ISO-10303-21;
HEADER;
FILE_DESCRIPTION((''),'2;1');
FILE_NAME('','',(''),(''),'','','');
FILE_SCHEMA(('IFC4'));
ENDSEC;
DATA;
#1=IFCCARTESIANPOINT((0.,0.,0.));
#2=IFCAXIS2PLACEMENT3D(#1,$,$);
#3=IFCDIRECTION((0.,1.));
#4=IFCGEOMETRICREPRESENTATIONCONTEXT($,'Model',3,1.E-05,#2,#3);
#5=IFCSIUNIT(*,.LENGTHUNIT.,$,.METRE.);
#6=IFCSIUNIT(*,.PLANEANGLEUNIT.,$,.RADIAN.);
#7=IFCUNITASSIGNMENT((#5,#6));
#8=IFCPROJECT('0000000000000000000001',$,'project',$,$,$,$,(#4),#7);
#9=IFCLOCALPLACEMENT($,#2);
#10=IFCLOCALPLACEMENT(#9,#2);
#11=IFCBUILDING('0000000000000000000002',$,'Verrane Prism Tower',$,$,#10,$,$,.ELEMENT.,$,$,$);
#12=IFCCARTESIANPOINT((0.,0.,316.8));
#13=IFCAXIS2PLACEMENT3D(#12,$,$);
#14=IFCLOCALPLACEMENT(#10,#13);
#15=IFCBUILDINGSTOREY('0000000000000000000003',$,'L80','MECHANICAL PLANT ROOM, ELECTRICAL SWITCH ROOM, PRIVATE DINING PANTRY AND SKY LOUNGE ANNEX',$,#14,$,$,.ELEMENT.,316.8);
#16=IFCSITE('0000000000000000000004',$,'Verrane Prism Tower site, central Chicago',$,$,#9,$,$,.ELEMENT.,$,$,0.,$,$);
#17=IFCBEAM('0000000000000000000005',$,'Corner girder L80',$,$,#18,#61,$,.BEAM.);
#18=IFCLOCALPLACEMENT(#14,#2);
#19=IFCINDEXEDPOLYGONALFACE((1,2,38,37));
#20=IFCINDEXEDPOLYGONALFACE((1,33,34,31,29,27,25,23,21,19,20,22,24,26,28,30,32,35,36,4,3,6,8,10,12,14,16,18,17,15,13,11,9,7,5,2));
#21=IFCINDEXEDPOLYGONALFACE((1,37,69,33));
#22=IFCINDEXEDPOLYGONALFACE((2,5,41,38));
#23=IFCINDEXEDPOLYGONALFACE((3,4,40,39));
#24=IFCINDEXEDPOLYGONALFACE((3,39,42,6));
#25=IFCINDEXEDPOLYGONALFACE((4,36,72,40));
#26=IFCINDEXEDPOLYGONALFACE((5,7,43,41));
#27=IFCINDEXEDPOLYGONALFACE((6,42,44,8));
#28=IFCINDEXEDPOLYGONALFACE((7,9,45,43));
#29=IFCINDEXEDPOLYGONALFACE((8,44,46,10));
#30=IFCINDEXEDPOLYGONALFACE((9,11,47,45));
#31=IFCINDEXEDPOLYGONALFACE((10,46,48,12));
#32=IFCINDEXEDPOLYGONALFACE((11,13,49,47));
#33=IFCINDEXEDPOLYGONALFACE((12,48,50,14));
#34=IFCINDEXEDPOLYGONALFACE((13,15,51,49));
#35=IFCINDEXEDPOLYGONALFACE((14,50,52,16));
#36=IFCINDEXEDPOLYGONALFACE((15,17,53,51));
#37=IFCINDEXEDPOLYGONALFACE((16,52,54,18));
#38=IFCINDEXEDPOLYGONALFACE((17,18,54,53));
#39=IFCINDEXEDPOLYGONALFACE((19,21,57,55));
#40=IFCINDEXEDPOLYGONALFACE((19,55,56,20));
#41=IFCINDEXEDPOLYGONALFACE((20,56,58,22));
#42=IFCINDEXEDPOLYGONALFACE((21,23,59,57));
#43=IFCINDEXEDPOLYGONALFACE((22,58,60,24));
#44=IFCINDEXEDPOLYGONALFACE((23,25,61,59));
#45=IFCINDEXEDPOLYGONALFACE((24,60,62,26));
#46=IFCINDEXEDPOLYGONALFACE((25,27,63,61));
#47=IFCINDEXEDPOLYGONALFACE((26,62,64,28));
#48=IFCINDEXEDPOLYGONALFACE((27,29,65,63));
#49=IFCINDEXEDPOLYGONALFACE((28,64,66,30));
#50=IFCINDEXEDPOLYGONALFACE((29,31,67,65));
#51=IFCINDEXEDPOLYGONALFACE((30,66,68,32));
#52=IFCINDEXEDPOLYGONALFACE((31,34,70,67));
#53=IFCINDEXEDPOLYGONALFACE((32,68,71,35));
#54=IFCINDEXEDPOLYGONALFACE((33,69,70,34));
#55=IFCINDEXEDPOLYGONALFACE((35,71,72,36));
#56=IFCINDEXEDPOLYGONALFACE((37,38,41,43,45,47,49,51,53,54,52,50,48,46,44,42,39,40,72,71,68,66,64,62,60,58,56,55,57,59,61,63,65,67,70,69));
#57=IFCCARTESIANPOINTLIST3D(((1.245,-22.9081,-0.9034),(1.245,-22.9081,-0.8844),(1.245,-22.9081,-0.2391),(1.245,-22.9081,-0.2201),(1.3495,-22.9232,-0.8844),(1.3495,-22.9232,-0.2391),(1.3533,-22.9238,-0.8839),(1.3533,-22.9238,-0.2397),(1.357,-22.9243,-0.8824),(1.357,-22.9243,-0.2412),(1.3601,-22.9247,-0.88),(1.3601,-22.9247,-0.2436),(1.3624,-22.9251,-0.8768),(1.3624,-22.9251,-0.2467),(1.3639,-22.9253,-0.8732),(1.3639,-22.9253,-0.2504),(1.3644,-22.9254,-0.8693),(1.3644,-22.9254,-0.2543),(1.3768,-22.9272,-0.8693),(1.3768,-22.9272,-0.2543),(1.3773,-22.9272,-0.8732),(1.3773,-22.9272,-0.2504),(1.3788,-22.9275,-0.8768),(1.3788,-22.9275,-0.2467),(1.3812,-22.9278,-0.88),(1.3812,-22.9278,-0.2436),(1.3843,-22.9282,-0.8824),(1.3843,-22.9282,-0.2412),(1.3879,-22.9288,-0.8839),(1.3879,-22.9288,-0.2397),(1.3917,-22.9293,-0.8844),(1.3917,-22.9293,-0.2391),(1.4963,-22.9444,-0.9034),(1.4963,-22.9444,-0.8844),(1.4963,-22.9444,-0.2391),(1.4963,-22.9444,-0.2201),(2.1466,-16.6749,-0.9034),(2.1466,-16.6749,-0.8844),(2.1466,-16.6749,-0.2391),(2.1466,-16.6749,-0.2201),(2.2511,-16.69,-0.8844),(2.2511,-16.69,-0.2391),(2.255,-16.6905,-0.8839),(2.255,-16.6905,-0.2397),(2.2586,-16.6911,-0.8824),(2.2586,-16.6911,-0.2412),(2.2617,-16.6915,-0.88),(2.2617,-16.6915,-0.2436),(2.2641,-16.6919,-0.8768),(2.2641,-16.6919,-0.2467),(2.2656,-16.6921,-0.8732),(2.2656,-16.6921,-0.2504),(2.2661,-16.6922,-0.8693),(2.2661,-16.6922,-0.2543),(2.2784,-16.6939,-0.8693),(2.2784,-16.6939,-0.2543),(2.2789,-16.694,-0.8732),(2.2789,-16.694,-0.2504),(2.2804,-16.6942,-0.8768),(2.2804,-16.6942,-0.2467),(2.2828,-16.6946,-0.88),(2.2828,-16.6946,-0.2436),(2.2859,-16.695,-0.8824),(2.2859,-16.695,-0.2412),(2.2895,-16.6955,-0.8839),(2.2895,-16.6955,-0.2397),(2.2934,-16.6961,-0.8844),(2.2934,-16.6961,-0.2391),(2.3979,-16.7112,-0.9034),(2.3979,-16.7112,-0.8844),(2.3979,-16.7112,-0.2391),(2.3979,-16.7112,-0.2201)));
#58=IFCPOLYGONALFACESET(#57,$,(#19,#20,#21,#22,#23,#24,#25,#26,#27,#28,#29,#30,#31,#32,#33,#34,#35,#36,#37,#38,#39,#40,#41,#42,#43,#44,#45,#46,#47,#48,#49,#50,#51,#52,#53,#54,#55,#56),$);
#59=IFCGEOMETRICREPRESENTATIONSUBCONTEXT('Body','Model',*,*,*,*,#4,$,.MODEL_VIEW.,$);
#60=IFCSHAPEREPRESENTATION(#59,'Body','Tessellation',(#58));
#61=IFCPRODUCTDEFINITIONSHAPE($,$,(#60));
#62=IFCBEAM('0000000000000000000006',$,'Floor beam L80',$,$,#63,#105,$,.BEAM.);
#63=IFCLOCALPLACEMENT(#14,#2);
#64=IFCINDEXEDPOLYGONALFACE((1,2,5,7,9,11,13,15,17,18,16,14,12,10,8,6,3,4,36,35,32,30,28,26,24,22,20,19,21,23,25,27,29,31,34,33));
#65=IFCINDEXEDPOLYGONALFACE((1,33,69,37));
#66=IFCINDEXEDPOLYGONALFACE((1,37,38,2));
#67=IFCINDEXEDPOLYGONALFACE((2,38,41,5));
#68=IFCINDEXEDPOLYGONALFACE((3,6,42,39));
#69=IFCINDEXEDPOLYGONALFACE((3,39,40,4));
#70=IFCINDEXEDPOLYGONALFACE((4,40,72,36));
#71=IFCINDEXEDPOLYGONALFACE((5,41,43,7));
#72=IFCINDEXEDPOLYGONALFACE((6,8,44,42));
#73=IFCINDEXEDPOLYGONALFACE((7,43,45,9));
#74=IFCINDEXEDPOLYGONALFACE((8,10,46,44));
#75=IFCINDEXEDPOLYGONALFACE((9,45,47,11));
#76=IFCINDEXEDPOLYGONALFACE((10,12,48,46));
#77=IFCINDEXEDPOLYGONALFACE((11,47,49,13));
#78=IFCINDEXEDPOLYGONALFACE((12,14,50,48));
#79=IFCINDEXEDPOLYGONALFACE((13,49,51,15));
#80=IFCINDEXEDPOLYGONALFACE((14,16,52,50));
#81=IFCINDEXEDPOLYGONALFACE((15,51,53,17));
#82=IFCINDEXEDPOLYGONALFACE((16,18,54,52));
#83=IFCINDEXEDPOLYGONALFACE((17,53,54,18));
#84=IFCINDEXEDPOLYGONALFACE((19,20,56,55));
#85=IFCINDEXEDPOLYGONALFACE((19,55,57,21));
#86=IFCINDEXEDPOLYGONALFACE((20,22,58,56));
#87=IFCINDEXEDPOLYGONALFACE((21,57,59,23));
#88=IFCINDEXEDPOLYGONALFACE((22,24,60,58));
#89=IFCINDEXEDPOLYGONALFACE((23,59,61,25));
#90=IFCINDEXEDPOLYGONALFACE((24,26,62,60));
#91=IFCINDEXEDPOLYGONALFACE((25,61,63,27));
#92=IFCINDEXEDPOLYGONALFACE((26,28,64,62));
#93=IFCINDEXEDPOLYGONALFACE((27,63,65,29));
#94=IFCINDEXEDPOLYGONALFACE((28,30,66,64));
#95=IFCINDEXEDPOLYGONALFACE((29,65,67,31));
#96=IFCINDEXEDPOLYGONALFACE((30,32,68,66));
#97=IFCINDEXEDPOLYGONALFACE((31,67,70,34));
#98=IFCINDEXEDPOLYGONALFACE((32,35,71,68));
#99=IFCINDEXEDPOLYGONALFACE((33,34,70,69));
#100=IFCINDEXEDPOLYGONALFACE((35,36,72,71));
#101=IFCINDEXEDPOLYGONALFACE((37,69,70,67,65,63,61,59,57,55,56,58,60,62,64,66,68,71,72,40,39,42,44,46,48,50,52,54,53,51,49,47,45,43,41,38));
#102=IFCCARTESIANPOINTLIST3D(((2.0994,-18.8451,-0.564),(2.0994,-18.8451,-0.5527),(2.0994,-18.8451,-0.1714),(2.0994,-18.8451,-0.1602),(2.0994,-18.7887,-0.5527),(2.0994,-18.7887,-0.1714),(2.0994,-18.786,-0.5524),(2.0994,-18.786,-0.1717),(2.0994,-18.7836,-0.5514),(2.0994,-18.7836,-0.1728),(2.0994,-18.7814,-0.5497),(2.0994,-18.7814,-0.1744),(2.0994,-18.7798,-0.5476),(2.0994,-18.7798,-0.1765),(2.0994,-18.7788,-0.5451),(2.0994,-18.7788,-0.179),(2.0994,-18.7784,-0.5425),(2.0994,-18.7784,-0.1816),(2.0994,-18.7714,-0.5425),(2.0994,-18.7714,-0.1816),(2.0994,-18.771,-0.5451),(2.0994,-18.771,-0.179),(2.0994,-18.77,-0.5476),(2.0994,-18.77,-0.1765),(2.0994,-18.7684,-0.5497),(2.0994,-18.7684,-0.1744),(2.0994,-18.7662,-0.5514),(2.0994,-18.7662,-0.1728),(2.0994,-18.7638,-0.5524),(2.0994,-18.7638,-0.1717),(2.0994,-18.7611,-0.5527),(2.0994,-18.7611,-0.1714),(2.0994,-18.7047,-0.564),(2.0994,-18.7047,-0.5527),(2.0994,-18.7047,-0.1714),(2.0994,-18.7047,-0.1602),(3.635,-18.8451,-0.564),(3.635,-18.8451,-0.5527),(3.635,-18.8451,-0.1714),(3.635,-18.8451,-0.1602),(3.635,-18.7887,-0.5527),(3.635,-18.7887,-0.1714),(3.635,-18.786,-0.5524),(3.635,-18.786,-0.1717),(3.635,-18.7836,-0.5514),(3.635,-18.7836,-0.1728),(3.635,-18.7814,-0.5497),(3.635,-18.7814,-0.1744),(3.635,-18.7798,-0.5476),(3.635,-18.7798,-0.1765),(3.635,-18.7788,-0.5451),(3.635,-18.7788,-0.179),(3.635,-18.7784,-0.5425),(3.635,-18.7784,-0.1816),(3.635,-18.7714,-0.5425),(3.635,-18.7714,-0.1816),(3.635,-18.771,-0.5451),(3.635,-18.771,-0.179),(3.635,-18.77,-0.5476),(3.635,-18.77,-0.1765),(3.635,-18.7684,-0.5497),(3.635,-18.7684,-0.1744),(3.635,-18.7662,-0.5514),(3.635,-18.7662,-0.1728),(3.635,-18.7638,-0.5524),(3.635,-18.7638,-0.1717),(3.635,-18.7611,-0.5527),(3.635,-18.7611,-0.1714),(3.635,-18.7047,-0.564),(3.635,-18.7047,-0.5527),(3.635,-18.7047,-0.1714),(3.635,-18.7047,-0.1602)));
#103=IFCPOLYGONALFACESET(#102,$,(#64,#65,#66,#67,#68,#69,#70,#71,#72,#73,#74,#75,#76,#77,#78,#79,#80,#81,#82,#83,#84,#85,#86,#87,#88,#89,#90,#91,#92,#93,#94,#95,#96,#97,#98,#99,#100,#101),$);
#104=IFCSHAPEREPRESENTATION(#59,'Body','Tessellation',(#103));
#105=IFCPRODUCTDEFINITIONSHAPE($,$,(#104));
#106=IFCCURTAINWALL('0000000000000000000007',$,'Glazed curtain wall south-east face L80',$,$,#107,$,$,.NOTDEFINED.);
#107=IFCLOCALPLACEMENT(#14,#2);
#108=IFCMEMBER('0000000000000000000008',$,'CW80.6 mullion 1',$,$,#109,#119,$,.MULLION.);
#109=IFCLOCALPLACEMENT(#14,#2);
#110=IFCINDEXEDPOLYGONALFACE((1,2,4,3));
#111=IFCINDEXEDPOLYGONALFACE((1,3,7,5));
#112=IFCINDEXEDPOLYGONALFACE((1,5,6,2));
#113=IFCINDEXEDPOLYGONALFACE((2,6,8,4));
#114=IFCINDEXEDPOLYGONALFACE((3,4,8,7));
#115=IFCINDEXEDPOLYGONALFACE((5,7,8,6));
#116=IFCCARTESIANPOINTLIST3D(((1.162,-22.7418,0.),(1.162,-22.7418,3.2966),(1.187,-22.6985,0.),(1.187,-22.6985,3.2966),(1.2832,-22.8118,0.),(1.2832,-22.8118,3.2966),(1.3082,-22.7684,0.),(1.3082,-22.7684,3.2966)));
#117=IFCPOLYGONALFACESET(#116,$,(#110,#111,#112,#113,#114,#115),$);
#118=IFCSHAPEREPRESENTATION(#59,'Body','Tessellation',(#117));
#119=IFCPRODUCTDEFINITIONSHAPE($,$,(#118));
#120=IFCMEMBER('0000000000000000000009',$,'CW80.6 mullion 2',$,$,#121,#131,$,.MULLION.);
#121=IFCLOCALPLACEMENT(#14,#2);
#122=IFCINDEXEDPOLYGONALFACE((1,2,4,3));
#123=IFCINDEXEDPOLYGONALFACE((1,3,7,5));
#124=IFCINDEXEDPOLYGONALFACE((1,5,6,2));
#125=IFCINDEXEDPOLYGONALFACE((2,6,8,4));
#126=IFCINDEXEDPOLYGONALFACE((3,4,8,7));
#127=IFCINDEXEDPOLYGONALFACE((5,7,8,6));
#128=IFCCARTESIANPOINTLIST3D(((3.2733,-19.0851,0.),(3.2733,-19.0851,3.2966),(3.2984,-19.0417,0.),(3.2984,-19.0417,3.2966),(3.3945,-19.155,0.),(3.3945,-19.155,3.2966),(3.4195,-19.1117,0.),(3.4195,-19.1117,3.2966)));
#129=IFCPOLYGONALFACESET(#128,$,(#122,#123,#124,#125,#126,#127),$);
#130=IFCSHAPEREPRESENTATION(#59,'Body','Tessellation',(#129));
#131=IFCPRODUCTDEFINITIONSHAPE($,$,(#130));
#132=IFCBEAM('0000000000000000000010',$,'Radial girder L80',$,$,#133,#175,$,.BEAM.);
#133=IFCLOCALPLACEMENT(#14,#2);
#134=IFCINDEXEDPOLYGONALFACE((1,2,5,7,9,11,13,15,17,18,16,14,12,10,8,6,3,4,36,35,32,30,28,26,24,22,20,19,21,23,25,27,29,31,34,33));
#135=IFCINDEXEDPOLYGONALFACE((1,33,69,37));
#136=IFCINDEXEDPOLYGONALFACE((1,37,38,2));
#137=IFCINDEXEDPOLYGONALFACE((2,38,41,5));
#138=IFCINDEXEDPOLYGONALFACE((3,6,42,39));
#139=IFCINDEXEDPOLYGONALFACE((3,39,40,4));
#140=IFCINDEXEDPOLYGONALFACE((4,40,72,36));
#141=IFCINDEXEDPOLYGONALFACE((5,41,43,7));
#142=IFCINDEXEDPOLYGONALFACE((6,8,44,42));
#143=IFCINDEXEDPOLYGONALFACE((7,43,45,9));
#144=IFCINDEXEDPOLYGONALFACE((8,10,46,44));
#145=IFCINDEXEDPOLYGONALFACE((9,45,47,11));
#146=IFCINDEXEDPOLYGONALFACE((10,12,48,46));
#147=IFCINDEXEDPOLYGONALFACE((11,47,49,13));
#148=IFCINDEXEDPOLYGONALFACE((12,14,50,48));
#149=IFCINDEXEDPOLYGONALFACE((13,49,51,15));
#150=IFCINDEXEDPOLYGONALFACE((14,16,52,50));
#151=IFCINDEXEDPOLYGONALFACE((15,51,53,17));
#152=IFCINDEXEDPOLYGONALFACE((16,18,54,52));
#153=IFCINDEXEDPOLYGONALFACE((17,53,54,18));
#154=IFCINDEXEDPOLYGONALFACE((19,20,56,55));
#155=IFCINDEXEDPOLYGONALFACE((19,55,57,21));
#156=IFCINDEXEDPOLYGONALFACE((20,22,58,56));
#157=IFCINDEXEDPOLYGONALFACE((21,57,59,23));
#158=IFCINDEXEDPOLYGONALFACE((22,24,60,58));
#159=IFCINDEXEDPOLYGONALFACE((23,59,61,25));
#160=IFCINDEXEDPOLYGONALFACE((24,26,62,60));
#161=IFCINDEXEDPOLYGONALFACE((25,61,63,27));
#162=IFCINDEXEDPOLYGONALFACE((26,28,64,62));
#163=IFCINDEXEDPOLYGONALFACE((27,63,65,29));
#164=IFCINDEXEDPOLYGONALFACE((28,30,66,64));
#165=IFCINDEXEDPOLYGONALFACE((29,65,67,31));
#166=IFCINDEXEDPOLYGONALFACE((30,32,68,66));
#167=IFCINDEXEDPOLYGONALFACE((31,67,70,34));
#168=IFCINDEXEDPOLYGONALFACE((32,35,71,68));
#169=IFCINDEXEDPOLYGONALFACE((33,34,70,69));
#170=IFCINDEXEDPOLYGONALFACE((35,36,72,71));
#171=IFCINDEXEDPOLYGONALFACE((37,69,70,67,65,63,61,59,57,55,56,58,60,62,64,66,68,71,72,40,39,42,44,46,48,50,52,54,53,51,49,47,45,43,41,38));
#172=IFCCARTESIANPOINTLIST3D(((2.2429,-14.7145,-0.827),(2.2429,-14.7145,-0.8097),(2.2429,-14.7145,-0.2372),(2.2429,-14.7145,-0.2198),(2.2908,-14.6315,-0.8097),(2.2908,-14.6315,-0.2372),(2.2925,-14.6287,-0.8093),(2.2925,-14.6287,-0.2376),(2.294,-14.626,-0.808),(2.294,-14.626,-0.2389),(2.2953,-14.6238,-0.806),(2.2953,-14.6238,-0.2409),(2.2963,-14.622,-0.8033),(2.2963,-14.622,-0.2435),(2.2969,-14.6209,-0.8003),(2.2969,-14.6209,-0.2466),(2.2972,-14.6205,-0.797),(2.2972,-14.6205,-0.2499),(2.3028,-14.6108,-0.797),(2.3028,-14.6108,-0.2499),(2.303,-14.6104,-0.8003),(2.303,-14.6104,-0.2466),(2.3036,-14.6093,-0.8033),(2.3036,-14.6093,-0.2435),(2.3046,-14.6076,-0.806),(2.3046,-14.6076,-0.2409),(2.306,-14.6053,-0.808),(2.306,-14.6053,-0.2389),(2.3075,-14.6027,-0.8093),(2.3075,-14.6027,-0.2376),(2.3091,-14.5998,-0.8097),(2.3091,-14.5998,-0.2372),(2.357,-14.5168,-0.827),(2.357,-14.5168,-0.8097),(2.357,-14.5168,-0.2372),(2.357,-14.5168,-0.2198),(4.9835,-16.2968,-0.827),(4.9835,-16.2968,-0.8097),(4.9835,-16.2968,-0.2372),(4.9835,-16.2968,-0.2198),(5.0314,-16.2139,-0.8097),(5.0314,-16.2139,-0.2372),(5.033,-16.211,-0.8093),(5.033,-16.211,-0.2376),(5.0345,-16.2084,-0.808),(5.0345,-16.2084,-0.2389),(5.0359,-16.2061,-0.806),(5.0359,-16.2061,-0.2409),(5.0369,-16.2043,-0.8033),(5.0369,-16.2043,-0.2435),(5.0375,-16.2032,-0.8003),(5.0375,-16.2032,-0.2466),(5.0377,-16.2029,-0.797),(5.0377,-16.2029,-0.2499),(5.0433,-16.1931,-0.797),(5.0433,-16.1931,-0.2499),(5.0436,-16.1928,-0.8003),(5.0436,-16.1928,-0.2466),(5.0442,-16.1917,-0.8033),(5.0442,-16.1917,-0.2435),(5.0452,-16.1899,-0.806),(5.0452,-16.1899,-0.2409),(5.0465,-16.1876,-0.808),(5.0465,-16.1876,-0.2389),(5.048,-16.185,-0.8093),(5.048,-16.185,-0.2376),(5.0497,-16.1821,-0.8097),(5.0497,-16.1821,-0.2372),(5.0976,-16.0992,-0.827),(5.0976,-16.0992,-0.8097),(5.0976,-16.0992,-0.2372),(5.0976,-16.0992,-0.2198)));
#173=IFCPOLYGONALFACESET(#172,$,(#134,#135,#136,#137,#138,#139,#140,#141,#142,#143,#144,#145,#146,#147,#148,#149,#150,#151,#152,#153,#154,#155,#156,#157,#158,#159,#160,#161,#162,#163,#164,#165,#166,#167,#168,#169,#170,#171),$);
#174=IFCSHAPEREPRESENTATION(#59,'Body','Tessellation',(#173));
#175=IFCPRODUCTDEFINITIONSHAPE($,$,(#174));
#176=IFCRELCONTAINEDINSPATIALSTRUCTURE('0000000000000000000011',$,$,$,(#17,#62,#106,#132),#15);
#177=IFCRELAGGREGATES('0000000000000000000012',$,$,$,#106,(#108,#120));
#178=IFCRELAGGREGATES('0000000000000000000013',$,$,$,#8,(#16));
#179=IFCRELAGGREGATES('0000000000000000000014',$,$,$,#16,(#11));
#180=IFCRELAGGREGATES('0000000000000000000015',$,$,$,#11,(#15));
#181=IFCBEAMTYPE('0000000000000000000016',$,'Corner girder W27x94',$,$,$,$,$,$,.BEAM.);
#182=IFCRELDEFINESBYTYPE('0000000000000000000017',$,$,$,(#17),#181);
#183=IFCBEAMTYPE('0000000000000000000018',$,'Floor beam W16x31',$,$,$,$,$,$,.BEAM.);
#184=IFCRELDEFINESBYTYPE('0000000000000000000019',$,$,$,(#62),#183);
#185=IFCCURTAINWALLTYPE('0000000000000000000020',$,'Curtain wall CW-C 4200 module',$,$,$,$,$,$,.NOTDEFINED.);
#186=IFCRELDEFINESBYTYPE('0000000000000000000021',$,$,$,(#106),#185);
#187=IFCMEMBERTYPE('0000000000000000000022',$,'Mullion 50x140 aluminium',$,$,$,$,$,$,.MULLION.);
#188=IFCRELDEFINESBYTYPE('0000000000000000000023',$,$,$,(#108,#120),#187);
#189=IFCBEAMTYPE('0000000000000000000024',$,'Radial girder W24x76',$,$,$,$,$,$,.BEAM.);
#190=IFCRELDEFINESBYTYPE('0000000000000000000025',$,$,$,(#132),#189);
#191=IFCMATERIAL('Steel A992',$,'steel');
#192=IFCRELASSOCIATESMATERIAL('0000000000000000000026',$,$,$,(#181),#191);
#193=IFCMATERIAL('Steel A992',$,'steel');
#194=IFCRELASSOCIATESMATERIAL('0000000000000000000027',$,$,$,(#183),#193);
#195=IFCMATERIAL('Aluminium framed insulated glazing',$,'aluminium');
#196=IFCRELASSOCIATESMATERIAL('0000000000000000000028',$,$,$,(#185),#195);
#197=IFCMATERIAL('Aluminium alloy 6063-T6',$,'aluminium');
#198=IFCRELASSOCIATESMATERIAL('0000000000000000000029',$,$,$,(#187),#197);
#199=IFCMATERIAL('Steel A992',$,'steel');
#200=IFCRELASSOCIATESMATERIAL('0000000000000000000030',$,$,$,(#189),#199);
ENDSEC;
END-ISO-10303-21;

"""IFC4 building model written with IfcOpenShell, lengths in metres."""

from ifc_helpers import new_model, si_unit, direction, frame, origin, origin_2d, place, context, subcontext, project, spatial, rectangle, i_section, extrude, material, material_profile, profile_set, type_object, element, aggregate, save


model = new_model("IFC4")

# Units and contexts
model_context = context("Model", 3, precision=1e-05, world=origin(), true_north=direction((0.0, 1.0)))
body_context = subcontext(model_context, "Body", "Model", "MODEL_VIEW")
ifc_project = project(units=[si_unit("LENGTHUNIT", "METRE"), si_unit("PLANEANGLEUNIT", "RADIAN")], contexts=[model_context])

# Site, building, storey
site_placement = place(None, origin())
site = spatial("IfcSite", under=ifc_project, at=site_placement, Name="Verrane Prism Tower site, central Chicago", CompositionType="ELEMENT", RefElevation=0.0)
building_placement = place(site_placement, origin())
building = spatial("IfcBuilding", under=site, at=building_placement, Name="Verrane Prism Tower", CompositionType="ELEMENT")
storey_placement = place(building_placement, frame((0.0, 0.0, 316.8)))
storey = spatial("IfcBuildingStorey", under=building, at=storey_placement, Name="L80", Description="MECHANICAL PLANT ROOM, ELECTRICAL SWITCH ROOM, PRIVATE DINING PANTRY AND SKY LOUNGE ANNEX", CompositionType="ELEMENT", Elevation=316.8)

# Beams
ifc_material_1 = material(Name="Steel A992", Category="steel")
ifc_material_profile_1 = material_profile(ifc_material_1, i_section(OverallWidth=0.2539, OverallDepth=0.6833, WebThickness=0.0125, FlangeThickness=0.019, FilletRadius=0.0151, at=origin_2d()), Name="W27x94")
ifc_profile_set_1 = profile_set([ifc_material_profile_1], Name="Steel A992")
beam_type_1 = type_object("IfcBeamType", Name="Corner girder W27x94", PredefinedType="BEAM", material=ifc_profile_set_1)
beam_1_placement = place(storey_placement, frame((1.3706, -22.9263, -0.5618), z_axis=(0.143158, 0.9897, 0.0), x_axis=(-0.9897, 0.143158, 0.0)))
element("IfcBeam", 1, at=beam_1_placement, inside=storey, type_object=beam_type_1, Name="Corner girder L80", PredefinedType="BEAM", context=body_context, shape_type="SweptSolid", body=[
    extrude(i_section(OverallWidth=0.2539, OverallDepth=0.6833, WebThickness=0.0125, FlangeThickness=0.019, FilletRadius=0.0151, at=origin_2d()), origin(), (0.0, 0.0, 1.0), 6.2981),
])
ifc_material_2 = material(Name="Steel A992", Category="steel")
ifc_material_profile_2 = material_profile(ifc_material_2, i_section(OverallWidth=0.1404, OverallDepth=0.4038, WebThickness=0.0071, FlangeThickness=0.0112, FilletRadius=0.0103, at=origin_2d()), Name="W16x31")
ifc_profile_set_2 = profile_set([ifc_material_profile_2], Name="Steel A992")
beam_type_2 = type_object("IfcBeamType", Name="Floor beam W16x31", PredefinedType="BEAM", material=ifc_profile_set_2)
beam_2_placement = place(storey_placement, frame((2.0994, -18.7749, -0.3621), z_axis=(1.0, 0.0, 0.0), x_axis=(0.0, 1.0, 0.0)))
element("IfcBeam", 2, at=beam_2_placement, inside=storey, type_object=beam_type_2, Name="Floor beam L80", PredefinedType="BEAM", context=body_context, shape_type="SweptSolid", body=[
    extrude(i_section(OverallWidth=0.1404, OverallDepth=0.4038, WebThickness=0.0071, FlangeThickness=0.0112, FilletRadius=0.0103, at=origin_2d()), origin(), (0.0, 0.0, 1.0), 1.5356),
])

# Curtain wall, members
ifc_material_3 = material(Name="Aluminium framed insulated glazing", Category="aluminium")
curtain_wall_type_1 = type_object("IfcCurtainWallType", Name="Curtain wall CW-C 4200 module", PredefinedType="NOTDEFINED", material=ifc_material_3)
curtain_wall_1_placement = place(storey_placement, origin())
curtain_wall_1 = element("IfcCurtainWall", 3, at=curtain_wall_1_placement, inside=storey, type_object=curtain_wall_type_1, Name="Glazed curtain wall south-east face L80", PredefinedType="NOTDEFINED")
ifc_material_4 = material(Name="Aluminium alloy 6063-T6", Category="aluminium")
ifc_material_profile_3 = material_profile(ifc_material_4, rectangle(XDim=0.1399, YDim=0.05, at=origin_2d()), Name="Mullion 50x140 aluminium")
ifc_profile_set_3 = profile_set([ifc_material_profile_3], Name="Aluminium alloy 6063-T6")
member_type_1 = type_object("IfcMemberType", Name="Mullion 50x140 aluminium", PredefinedType="MULLION", material=ifc_profile_set_3)
member_1_placement = place(storey_placement, frame((1.2351, -22.7551, 0.0), z_axis=(0.0, 0.0, 1.0), x_axis=(-0.866025, 0.5, 0.0)))
member_1 = element("IfcMember", 4, at=member_1_placement, type_object=member_type_1, Name="CW80.6 mullion 1", PredefinedType="MULLION", context=body_context, shape_type="SweptSolid", body=[
    extrude(rectangle(XDim=0.1399, YDim=0.05, at=origin_2d()), origin(), (0.0, 0.0, 1.0), 3.2966),
])
member_2_placement = place(storey_placement, frame((3.3464, -19.0984, 0.0), z_axis=(0.0, 0.0, 1.0), x_axis=(-0.866025, 0.5, 0.0)))
member_2 = element("IfcMember", 5, at=member_2_placement, type_object=member_type_1, Name="CW80.6 mullion 2", PredefinedType="MULLION", context=body_context, shape_type="SweptSolid", body=[
    extrude(rectangle(XDim=0.1399, YDim=0.05, at=origin_2d()), origin(), (0.0, 0.0, 1.0), 3.2966),
])

# Beam
ifc_material_5 = material(Name="Steel A992", Category="steel")
ifc_material_profile_4 = material_profile(ifc_material_5, i_section(OverallWidth=0.2283, OverallDepth=0.6072, WebThickness=0.0112, FlangeThickness=0.0173, FilletRadius=0.0127, at=origin_2d()), Name="W24x76")
ifc_profile_set_4 = profile_set([ifc_material_profile_4], Name="Steel A992")
beam_type_3 = type_object("IfcBeamType", Name="Radial girder W24x76", PredefinedType="BEAM", material=ifc_profile_set_4)
beam_3_placement = place(storey_placement, frame((5.0405, -16.198, -0.5234), z_axis=(-0.866017, 0.500014, 0.0), x_axis=(-0.500014, -0.866017, 0.0)))
element("IfcBeam", 6, at=beam_3_placement, inside=storey, type_object=beam_type_3, Name="Radial girder L80", PredefinedType="BEAM", context=body_context, shape_type="SweptSolid", body=[
    extrude(i_section(OverallWidth=0.2283, OverallDepth=0.6072, WebThickness=0.0112, FlangeThickness=0.0173, FilletRadius=0.0127, at=origin_2d()), origin(), (0.0, 0.0, 1.0), 3.1646),
])

aggregate(curtain_wall_1, [member_1, member_2])

save(model, "model.ifc")
